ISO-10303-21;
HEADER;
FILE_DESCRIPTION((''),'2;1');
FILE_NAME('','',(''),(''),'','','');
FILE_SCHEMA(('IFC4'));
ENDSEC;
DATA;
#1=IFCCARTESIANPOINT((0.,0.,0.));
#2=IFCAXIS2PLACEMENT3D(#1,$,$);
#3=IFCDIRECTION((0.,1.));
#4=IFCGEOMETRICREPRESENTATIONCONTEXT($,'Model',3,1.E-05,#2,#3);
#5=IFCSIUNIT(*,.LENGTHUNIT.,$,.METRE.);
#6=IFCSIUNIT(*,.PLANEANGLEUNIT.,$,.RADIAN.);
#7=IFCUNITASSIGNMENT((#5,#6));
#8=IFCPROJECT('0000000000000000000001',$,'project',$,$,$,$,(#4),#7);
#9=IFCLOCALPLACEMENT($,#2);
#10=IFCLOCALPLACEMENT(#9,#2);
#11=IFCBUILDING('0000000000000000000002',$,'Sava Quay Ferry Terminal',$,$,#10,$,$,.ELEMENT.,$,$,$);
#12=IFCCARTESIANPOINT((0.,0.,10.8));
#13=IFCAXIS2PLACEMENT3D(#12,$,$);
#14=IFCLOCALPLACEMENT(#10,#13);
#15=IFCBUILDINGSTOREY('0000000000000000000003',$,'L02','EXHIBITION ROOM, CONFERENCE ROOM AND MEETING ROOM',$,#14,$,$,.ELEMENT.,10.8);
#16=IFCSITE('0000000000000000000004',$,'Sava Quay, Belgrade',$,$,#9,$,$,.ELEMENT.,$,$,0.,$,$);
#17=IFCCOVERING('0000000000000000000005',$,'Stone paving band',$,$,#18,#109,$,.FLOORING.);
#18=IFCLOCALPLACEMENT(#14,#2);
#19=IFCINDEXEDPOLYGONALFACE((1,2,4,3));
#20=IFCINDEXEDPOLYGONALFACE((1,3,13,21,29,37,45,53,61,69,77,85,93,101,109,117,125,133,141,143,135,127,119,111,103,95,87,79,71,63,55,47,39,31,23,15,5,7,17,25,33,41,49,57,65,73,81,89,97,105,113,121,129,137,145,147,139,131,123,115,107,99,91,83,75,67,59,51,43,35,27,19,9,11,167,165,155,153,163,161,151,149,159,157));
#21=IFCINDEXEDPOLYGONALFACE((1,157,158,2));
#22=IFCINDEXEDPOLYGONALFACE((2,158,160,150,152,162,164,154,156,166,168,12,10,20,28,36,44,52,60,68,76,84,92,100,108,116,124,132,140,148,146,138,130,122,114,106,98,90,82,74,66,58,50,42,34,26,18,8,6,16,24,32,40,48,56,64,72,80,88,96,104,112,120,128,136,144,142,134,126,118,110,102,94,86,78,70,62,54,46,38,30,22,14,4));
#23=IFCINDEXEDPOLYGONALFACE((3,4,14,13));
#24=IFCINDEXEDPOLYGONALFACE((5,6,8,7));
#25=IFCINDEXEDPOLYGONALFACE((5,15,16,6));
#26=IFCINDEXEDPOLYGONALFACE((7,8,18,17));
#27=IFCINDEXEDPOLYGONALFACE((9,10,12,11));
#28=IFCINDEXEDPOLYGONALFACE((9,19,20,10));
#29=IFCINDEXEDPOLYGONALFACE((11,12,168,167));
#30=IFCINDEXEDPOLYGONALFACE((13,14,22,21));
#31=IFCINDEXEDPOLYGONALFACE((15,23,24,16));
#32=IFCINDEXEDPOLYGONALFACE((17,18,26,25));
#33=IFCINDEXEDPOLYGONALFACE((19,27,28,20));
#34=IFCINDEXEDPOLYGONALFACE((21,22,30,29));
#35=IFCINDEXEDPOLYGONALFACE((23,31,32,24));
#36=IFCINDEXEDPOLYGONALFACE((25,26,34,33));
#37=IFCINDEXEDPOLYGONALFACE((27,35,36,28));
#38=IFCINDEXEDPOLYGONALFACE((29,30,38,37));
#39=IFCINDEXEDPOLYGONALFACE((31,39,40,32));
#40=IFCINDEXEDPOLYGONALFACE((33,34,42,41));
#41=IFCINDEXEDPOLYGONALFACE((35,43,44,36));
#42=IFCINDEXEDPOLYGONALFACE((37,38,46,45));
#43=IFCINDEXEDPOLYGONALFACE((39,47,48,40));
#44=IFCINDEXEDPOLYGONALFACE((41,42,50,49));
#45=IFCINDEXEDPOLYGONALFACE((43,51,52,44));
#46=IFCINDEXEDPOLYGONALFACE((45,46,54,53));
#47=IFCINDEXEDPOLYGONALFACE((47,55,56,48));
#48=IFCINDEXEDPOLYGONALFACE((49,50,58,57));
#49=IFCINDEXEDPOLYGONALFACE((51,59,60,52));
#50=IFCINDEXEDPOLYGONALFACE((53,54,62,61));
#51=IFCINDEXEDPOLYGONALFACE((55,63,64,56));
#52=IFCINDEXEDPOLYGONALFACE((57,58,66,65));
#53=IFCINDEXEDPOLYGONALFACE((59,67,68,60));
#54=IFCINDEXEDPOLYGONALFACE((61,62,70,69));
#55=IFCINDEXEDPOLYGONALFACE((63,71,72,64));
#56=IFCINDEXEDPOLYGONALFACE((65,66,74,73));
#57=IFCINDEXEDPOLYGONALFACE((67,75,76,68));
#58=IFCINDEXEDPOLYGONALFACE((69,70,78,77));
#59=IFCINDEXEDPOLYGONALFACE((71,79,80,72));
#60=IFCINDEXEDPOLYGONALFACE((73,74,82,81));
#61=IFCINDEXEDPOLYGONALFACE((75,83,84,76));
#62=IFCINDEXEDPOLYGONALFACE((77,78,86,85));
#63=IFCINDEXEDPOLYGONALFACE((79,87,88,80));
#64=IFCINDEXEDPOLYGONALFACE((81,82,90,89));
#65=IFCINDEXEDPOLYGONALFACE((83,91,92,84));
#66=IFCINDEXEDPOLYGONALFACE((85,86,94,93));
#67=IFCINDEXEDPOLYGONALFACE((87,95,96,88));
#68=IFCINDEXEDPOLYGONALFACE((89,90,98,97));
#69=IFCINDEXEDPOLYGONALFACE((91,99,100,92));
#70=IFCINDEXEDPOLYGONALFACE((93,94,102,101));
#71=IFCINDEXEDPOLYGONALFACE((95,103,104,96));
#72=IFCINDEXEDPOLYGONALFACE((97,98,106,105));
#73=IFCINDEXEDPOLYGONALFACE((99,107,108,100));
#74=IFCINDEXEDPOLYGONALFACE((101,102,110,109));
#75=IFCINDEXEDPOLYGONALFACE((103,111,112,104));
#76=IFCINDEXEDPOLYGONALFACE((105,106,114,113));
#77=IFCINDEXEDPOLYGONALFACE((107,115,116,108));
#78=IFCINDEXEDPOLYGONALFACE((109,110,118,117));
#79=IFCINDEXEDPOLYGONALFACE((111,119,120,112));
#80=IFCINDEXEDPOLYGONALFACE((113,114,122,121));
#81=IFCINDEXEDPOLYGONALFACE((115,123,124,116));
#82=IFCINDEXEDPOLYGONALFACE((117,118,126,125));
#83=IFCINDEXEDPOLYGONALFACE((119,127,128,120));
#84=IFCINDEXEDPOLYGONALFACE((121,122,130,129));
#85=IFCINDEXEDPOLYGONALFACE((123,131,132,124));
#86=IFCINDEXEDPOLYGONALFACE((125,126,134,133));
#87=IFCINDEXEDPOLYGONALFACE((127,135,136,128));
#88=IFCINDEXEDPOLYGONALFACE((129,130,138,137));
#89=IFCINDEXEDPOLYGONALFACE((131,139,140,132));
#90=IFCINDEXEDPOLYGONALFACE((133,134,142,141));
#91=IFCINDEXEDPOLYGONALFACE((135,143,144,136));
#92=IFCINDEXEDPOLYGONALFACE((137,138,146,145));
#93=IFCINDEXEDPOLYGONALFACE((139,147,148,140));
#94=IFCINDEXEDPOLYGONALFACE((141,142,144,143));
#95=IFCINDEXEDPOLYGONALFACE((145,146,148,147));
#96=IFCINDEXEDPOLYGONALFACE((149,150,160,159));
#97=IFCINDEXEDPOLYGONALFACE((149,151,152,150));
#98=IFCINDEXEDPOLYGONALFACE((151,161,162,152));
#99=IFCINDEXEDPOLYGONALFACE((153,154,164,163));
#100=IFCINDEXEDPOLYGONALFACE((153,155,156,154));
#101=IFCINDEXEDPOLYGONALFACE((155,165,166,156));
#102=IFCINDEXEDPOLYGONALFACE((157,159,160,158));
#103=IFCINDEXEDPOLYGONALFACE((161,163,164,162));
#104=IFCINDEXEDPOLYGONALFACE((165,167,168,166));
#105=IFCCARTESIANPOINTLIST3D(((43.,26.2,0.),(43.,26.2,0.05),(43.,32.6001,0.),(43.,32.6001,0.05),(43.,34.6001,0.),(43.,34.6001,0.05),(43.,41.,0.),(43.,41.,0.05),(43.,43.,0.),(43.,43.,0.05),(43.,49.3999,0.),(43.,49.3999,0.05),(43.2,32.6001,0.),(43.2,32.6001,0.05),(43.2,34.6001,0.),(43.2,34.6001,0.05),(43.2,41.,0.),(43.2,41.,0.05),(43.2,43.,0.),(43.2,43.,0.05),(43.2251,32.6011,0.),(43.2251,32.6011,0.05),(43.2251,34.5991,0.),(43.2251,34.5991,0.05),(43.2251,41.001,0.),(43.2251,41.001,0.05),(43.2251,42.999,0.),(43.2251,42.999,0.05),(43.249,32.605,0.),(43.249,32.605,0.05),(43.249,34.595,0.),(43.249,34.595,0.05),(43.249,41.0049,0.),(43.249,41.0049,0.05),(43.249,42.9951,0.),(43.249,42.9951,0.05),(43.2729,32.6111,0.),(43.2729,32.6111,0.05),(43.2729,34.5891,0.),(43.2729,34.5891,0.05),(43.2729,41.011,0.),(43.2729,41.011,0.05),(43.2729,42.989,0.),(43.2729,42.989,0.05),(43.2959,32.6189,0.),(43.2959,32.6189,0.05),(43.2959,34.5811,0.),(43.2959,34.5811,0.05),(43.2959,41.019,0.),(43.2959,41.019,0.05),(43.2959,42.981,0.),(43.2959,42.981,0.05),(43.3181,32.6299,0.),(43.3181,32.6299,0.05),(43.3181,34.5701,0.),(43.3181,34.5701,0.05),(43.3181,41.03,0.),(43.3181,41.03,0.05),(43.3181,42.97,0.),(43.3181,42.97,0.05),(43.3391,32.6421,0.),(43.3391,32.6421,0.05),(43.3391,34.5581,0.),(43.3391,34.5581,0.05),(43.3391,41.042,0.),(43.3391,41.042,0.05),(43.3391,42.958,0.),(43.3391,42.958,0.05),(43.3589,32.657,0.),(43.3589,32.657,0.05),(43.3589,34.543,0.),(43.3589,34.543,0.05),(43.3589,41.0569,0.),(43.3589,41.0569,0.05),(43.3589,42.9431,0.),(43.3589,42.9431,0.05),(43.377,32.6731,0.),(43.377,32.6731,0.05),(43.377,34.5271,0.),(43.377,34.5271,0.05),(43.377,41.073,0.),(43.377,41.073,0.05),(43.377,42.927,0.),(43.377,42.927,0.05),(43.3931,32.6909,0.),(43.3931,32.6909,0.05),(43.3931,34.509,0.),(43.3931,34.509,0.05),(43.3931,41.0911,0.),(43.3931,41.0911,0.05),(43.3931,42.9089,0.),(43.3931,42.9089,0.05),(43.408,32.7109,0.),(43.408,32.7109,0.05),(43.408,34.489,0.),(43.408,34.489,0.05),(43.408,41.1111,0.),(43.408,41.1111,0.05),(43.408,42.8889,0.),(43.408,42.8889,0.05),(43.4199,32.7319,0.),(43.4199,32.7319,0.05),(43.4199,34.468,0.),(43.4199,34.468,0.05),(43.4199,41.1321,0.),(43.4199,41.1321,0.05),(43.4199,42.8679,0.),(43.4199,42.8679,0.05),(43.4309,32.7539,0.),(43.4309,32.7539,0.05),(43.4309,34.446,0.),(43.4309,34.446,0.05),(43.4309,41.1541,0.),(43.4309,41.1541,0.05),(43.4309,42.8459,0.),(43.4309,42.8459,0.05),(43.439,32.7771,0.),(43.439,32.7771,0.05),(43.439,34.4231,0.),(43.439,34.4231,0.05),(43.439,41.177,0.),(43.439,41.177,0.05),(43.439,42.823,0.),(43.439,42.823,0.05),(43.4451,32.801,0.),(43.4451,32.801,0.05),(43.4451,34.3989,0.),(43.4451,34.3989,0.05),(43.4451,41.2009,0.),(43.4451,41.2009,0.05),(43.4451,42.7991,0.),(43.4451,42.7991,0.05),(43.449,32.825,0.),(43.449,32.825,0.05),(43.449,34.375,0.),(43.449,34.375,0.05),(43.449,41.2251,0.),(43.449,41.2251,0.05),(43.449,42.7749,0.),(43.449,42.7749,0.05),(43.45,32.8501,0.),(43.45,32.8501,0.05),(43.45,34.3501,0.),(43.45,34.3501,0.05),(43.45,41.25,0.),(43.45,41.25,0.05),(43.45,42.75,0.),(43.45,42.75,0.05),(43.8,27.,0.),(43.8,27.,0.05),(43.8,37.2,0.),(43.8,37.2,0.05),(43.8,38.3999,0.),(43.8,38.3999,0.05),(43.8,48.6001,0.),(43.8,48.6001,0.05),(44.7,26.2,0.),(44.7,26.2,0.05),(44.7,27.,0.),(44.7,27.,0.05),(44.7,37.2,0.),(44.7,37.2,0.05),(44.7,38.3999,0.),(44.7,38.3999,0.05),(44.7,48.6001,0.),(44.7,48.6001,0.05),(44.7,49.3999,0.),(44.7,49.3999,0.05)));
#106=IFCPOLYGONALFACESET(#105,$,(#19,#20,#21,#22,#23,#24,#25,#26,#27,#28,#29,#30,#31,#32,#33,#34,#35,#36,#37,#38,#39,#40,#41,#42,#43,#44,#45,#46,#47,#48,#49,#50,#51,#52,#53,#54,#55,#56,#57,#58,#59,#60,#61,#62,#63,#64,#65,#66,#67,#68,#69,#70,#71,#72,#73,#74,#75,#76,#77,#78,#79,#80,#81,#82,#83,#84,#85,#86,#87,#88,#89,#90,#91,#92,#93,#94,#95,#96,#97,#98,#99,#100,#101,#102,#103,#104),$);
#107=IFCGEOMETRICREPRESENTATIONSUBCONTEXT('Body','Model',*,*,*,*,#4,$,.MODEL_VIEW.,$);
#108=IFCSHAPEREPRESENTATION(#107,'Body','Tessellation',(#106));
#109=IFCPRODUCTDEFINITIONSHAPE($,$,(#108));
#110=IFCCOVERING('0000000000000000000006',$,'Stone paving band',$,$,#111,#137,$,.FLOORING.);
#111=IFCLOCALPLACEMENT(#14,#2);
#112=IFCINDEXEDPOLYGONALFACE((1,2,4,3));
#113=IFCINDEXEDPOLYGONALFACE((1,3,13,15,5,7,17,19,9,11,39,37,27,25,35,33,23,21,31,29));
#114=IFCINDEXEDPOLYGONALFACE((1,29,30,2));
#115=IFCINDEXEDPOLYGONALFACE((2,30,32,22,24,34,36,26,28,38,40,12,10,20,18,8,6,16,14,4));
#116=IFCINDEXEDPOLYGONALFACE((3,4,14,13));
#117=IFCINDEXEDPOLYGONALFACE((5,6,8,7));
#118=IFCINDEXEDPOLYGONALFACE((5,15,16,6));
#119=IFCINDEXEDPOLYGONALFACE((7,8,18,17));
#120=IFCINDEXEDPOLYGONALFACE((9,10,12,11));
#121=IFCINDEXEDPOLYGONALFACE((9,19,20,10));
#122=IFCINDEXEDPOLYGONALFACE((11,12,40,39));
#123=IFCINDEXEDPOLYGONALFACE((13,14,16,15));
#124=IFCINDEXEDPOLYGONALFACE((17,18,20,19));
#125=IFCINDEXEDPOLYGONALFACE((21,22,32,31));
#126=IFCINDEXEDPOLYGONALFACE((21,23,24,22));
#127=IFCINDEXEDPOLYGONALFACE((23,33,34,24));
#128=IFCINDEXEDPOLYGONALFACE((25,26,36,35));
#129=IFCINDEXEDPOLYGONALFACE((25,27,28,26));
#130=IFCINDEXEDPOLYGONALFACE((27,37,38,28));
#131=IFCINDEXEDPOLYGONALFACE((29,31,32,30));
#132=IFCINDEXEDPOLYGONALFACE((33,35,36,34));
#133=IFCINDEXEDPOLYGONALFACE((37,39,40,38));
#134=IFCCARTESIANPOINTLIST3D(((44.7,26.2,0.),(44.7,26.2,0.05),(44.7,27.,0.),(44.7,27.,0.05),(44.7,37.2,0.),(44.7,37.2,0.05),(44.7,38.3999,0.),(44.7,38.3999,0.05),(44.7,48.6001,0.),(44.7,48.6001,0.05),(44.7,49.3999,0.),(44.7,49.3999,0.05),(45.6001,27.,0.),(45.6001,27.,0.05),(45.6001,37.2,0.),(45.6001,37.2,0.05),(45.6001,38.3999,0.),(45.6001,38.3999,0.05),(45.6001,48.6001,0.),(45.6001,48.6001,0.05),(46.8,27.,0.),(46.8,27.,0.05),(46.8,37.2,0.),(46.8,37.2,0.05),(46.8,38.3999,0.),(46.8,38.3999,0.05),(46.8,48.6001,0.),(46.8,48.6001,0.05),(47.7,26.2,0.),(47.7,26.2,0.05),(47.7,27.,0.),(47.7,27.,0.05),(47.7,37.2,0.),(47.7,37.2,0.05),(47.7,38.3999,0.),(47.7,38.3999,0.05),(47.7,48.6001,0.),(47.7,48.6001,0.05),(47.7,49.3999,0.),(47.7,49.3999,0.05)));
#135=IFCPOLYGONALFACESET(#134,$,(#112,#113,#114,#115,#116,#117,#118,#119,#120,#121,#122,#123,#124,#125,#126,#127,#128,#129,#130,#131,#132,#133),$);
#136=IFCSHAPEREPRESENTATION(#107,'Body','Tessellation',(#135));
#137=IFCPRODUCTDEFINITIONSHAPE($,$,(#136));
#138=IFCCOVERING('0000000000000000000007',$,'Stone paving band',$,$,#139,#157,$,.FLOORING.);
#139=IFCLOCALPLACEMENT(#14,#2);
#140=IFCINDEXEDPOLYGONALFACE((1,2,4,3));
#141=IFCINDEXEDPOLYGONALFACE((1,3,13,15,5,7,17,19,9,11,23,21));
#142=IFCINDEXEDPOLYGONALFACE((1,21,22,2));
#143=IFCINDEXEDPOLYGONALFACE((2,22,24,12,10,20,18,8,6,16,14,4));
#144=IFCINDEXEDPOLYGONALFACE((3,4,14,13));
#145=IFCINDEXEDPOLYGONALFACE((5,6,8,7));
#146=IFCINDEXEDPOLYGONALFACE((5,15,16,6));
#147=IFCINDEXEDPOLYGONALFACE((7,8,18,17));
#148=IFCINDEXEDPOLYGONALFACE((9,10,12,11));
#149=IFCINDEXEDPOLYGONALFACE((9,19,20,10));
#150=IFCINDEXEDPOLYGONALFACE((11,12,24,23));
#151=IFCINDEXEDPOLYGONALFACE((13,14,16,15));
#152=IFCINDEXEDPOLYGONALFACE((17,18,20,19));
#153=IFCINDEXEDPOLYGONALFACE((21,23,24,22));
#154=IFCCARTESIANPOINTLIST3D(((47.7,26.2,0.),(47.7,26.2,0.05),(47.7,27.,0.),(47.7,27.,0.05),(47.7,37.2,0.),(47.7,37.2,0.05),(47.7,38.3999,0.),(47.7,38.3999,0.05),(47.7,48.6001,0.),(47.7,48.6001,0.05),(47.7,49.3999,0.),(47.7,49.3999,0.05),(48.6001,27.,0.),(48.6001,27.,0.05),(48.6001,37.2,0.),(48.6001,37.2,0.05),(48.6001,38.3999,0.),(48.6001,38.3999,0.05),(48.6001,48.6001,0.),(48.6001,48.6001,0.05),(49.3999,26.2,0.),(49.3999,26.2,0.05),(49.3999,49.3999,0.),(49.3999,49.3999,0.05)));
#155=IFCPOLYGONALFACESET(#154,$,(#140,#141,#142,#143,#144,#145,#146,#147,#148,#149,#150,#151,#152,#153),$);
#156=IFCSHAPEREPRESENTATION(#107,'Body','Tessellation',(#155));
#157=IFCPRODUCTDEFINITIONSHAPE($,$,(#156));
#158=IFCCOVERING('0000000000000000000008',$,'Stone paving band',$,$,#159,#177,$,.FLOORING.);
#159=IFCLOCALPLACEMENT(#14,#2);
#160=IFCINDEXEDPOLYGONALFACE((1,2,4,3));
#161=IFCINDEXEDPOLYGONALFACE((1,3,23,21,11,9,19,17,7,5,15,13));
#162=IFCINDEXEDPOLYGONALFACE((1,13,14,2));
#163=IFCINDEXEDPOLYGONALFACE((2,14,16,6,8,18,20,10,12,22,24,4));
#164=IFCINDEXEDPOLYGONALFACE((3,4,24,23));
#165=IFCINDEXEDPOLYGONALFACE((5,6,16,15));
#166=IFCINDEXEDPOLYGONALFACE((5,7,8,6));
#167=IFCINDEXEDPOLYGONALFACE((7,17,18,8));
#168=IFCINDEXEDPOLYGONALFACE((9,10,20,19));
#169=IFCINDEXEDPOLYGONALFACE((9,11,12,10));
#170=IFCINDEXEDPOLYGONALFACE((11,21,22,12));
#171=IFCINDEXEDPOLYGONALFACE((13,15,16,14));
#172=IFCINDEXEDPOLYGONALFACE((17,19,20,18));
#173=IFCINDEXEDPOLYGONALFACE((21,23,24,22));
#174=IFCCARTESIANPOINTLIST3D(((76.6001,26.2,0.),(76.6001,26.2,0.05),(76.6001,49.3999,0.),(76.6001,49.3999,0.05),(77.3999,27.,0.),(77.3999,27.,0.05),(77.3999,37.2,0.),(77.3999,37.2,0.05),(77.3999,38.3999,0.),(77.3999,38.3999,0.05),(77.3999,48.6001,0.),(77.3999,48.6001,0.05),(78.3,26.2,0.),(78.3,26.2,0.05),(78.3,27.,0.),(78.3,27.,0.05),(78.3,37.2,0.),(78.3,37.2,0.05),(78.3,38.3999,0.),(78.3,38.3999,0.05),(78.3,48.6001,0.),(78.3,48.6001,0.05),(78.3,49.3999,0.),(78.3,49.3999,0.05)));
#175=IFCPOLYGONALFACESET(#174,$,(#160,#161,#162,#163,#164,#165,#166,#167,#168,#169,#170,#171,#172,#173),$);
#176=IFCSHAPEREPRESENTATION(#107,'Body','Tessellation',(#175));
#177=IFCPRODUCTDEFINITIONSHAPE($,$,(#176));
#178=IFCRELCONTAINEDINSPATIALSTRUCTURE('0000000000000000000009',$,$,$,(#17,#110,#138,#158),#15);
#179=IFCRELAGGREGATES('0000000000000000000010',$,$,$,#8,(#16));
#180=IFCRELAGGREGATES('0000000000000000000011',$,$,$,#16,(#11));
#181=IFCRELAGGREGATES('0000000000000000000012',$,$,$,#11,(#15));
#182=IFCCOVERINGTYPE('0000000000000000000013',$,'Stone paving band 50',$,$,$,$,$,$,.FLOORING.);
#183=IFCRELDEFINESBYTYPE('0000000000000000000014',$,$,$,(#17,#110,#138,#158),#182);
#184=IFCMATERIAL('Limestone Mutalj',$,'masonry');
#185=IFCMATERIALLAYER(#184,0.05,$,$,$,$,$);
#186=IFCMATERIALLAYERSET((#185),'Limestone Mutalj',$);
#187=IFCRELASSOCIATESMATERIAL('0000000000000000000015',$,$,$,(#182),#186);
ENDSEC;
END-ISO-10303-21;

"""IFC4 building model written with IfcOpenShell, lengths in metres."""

from ifc_helpers import new_model, si_unit, direction, frame, origin, place, context, subcontext, project, spatial, polyline, outline, extrude, material, layer, layer_set, type_object, element, save


model = new_model("IFC4")

# Units and contexts
model_context = context("Model", 3, precision=1e-05, world=origin(), true_north=direction((0.0, 1.0)))
body_context = subcontext(model_context, "Body", "Model", "MODEL_VIEW")
ifc_project = project(units=[si_unit("LENGTHUNIT", "METRE"), si_unit("PLANEANGLEUNIT", "RADIAN")], contexts=[model_context])

# Site, building, storey
site_placement = place(None, origin())
site = spatial("IfcSite", under=ifc_project, at=site_placement, Name="Sava Quay, Belgrade", CompositionType="ELEMENT", RefElevation=0.0)
building_placement = place(site_placement, origin())
building = spatial("IfcBuilding", under=site, at=building_placement, Name="Sava Quay Ferry Terminal", CompositionType="ELEMENT")
storey_placement = place(building_placement, frame((0.0, 0.0, 10.8)))
storey = spatial("IfcBuildingStorey", under=building, at=storey_placement, Name="L02", Description="EXHIBITION ROOM, CONFERENCE ROOM AND MEETING ROOM", CompositionType="ELEMENT", Elevation=10.8)

# Coverings
ifc_material_1 = material(Name="Limestone Mutalj", Category="masonry")
ifc_layer_1 = layer(ifc_material_1, 0.05)
ifc_layer_set_1 = layer_set([ifc_layer_1], Name="Limestone Mutalj")
covering_type_1 = type_object("IfcCoveringType", Name="Stone paving band 50", PredefinedType="FLOORING", material=ifc_layer_set_1)
covering_1_placement = place(storey_placement, origin())
element("IfcCovering", 1, at=covering_1_placement, inside=storey, type_object=covering_type_1, Name="Stone paving band", PredefinedType="FLOORING", context=body_context, shape_type="SweptSolid", body=[
    extrude(outline(polyline([(43.2251, 41.001), (43.2, 41.0), (43.0, 41.0), (43.0, 34.6001), (43.2, 34.6001), (43.2251, 34.5991), (43.249, 34.595), (43.2729, 34.5891), (43.2959, 34.5811), (43.3181, 34.5701), (43.3391, 34.5581), (43.3589, 34.543), (43.377, 34.5271), (43.3931, 34.509), (43.408, 34.489), (43.4199, 34.468), (43.4309, 34.446), (43.439, 34.4231), (43.4451, 34.3989), (43.449, 34.375), (43.45, 34.3501), (43.45, 32.8501), (43.449, 32.825), (43.4451, 32.801), (43.439, 32.7771), (43.4309, 32.7539), (43.4199, 32.7319), (43.408, 32.7109), (43.3931, 32.6909), (43.377, 32.6731), (43.3589, 32.657), (43.3391, 32.6421), (43.3181, 32.6299), (43.2959, 32.6189), (43.2729, 32.6111), (43.249, 32.605), (43.2251, 32.6011), (43.2, 32.6001), (43.0, 32.6001), (43.0, 26.2), (44.7, 26.2), (44.7, 27.0), (43.8, 27.0), (43.8, 37.2), (44.7, 37.2), (44.7, 38.3999), (43.8, 38.3999), (43.8, 48.6001), (44.7, 48.6001), (44.7, 49.3999), (43.0, 49.3999), (43.0, 43.0), (43.2, 43.0), (43.2251, 42.999), (43.249, 42.9951), (43.2729, 42.989), (43.2959, 42.981), (43.3181, 42.97), (43.3391, 42.958), (43.3589, 42.9431), (43.377, 42.927), (43.3931, 42.9089), (43.408, 42.8889), (43.4199, 42.8679), (43.4309, 42.8459), (43.439, 42.823), (43.4451, 42.7991), (43.449, 42.7749), (43.45, 42.75), (43.45, 41.25), (43.449, 41.2251), (43.4451, 41.2009), (43.439, 41.177), (43.4309, 41.1541), (43.4199, 41.1321), (43.408, 41.1111), (43.3931, 41.0911), (43.377, 41.073), (43.3589, 41.0569), (43.3391, 41.042), (43.3181, 41.03), (43.2959, 41.019), (43.2729, 41.011), (43.249, 41.0049), (43.2251, 41.001)])), origin(), (0.0, 0.0, 1.0), 0.05),
])
covering_2_placement = place(storey_placement, origin())
element("IfcCovering", 2, at=covering_2_placement, inside=storey, type_object=covering_type_1, Name="Stone paving band", PredefinedType="FLOORING", context=body_context, shape_type="SweptSolid", body=[
    extrude(outline(polyline([(44.7, 49.3999), (44.7, 48.6001), (45.6001, 48.6001), (45.6001, 38.3999), (44.7, 38.3999), (44.7, 37.2), (45.6001, 37.2), (45.6001, 27.0), (44.7, 27.0), (44.7, 26.2), (47.7, 26.2), (47.7, 27.0), (46.8, 27.0), (46.8, 37.2), (47.7, 37.2), (47.7, 38.3999), (46.8, 38.3999), (46.8, 48.6001), (47.7, 48.6001), (47.7, 49.3999), (44.7, 49.3999)])), origin(), (0.0, 0.0, 1.0), 0.05),
])
covering_3_placement = place(storey_placement, origin())
element("IfcCovering", 3, at=covering_3_placement, inside=storey, type_object=covering_type_1, Name="Stone paving band", PredefinedType="FLOORING", context=body_context, shape_type="SweptSolid", body=[
    extrude(outline(polyline([(49.3999, 49.3999), (47.7, 49.3999), (47.7, 48.6001), (48.6001, 48.6001), (48.6001, 38.3999), (47.7, 38.3999), (47.7, 37.2), (48.6001, 37.2), (48.6001, 27.0), (47.7, 27.0), (47.7, 26.2), (49.3999, 26.2), (49.3999, 49.3999)])), origin(), (0.0, 0.0, 1.0), 0.05),
])
covering_4_placement = place(storey_placement, origin())
element("IfcCovering", 4, at=covering_4_placement, inside=storey, type_object=covering_type_1, Name="Stone paving band", PredefinedType="FLOORING", context=body_context, shape_type="SweptSolid", body=[
    extrude(outline(polyline([(76.6001, 26.2), (78.3, 26.2), (78.3, 27.0), (77.3999, 27.0), (77.3999, 37.2), (78.3, 37.2), (78.3, 38.3999), (77.3999, 38.3999), (77.3999, 48.6001), (78.3, 48.6001), (78.3, 49.3999), (76.6001, 49.3999), (76.6001, 26.2)])), origin(), (0.0, 0.0, 1.0), 0.05),
])

save(model, "model.ifc")
